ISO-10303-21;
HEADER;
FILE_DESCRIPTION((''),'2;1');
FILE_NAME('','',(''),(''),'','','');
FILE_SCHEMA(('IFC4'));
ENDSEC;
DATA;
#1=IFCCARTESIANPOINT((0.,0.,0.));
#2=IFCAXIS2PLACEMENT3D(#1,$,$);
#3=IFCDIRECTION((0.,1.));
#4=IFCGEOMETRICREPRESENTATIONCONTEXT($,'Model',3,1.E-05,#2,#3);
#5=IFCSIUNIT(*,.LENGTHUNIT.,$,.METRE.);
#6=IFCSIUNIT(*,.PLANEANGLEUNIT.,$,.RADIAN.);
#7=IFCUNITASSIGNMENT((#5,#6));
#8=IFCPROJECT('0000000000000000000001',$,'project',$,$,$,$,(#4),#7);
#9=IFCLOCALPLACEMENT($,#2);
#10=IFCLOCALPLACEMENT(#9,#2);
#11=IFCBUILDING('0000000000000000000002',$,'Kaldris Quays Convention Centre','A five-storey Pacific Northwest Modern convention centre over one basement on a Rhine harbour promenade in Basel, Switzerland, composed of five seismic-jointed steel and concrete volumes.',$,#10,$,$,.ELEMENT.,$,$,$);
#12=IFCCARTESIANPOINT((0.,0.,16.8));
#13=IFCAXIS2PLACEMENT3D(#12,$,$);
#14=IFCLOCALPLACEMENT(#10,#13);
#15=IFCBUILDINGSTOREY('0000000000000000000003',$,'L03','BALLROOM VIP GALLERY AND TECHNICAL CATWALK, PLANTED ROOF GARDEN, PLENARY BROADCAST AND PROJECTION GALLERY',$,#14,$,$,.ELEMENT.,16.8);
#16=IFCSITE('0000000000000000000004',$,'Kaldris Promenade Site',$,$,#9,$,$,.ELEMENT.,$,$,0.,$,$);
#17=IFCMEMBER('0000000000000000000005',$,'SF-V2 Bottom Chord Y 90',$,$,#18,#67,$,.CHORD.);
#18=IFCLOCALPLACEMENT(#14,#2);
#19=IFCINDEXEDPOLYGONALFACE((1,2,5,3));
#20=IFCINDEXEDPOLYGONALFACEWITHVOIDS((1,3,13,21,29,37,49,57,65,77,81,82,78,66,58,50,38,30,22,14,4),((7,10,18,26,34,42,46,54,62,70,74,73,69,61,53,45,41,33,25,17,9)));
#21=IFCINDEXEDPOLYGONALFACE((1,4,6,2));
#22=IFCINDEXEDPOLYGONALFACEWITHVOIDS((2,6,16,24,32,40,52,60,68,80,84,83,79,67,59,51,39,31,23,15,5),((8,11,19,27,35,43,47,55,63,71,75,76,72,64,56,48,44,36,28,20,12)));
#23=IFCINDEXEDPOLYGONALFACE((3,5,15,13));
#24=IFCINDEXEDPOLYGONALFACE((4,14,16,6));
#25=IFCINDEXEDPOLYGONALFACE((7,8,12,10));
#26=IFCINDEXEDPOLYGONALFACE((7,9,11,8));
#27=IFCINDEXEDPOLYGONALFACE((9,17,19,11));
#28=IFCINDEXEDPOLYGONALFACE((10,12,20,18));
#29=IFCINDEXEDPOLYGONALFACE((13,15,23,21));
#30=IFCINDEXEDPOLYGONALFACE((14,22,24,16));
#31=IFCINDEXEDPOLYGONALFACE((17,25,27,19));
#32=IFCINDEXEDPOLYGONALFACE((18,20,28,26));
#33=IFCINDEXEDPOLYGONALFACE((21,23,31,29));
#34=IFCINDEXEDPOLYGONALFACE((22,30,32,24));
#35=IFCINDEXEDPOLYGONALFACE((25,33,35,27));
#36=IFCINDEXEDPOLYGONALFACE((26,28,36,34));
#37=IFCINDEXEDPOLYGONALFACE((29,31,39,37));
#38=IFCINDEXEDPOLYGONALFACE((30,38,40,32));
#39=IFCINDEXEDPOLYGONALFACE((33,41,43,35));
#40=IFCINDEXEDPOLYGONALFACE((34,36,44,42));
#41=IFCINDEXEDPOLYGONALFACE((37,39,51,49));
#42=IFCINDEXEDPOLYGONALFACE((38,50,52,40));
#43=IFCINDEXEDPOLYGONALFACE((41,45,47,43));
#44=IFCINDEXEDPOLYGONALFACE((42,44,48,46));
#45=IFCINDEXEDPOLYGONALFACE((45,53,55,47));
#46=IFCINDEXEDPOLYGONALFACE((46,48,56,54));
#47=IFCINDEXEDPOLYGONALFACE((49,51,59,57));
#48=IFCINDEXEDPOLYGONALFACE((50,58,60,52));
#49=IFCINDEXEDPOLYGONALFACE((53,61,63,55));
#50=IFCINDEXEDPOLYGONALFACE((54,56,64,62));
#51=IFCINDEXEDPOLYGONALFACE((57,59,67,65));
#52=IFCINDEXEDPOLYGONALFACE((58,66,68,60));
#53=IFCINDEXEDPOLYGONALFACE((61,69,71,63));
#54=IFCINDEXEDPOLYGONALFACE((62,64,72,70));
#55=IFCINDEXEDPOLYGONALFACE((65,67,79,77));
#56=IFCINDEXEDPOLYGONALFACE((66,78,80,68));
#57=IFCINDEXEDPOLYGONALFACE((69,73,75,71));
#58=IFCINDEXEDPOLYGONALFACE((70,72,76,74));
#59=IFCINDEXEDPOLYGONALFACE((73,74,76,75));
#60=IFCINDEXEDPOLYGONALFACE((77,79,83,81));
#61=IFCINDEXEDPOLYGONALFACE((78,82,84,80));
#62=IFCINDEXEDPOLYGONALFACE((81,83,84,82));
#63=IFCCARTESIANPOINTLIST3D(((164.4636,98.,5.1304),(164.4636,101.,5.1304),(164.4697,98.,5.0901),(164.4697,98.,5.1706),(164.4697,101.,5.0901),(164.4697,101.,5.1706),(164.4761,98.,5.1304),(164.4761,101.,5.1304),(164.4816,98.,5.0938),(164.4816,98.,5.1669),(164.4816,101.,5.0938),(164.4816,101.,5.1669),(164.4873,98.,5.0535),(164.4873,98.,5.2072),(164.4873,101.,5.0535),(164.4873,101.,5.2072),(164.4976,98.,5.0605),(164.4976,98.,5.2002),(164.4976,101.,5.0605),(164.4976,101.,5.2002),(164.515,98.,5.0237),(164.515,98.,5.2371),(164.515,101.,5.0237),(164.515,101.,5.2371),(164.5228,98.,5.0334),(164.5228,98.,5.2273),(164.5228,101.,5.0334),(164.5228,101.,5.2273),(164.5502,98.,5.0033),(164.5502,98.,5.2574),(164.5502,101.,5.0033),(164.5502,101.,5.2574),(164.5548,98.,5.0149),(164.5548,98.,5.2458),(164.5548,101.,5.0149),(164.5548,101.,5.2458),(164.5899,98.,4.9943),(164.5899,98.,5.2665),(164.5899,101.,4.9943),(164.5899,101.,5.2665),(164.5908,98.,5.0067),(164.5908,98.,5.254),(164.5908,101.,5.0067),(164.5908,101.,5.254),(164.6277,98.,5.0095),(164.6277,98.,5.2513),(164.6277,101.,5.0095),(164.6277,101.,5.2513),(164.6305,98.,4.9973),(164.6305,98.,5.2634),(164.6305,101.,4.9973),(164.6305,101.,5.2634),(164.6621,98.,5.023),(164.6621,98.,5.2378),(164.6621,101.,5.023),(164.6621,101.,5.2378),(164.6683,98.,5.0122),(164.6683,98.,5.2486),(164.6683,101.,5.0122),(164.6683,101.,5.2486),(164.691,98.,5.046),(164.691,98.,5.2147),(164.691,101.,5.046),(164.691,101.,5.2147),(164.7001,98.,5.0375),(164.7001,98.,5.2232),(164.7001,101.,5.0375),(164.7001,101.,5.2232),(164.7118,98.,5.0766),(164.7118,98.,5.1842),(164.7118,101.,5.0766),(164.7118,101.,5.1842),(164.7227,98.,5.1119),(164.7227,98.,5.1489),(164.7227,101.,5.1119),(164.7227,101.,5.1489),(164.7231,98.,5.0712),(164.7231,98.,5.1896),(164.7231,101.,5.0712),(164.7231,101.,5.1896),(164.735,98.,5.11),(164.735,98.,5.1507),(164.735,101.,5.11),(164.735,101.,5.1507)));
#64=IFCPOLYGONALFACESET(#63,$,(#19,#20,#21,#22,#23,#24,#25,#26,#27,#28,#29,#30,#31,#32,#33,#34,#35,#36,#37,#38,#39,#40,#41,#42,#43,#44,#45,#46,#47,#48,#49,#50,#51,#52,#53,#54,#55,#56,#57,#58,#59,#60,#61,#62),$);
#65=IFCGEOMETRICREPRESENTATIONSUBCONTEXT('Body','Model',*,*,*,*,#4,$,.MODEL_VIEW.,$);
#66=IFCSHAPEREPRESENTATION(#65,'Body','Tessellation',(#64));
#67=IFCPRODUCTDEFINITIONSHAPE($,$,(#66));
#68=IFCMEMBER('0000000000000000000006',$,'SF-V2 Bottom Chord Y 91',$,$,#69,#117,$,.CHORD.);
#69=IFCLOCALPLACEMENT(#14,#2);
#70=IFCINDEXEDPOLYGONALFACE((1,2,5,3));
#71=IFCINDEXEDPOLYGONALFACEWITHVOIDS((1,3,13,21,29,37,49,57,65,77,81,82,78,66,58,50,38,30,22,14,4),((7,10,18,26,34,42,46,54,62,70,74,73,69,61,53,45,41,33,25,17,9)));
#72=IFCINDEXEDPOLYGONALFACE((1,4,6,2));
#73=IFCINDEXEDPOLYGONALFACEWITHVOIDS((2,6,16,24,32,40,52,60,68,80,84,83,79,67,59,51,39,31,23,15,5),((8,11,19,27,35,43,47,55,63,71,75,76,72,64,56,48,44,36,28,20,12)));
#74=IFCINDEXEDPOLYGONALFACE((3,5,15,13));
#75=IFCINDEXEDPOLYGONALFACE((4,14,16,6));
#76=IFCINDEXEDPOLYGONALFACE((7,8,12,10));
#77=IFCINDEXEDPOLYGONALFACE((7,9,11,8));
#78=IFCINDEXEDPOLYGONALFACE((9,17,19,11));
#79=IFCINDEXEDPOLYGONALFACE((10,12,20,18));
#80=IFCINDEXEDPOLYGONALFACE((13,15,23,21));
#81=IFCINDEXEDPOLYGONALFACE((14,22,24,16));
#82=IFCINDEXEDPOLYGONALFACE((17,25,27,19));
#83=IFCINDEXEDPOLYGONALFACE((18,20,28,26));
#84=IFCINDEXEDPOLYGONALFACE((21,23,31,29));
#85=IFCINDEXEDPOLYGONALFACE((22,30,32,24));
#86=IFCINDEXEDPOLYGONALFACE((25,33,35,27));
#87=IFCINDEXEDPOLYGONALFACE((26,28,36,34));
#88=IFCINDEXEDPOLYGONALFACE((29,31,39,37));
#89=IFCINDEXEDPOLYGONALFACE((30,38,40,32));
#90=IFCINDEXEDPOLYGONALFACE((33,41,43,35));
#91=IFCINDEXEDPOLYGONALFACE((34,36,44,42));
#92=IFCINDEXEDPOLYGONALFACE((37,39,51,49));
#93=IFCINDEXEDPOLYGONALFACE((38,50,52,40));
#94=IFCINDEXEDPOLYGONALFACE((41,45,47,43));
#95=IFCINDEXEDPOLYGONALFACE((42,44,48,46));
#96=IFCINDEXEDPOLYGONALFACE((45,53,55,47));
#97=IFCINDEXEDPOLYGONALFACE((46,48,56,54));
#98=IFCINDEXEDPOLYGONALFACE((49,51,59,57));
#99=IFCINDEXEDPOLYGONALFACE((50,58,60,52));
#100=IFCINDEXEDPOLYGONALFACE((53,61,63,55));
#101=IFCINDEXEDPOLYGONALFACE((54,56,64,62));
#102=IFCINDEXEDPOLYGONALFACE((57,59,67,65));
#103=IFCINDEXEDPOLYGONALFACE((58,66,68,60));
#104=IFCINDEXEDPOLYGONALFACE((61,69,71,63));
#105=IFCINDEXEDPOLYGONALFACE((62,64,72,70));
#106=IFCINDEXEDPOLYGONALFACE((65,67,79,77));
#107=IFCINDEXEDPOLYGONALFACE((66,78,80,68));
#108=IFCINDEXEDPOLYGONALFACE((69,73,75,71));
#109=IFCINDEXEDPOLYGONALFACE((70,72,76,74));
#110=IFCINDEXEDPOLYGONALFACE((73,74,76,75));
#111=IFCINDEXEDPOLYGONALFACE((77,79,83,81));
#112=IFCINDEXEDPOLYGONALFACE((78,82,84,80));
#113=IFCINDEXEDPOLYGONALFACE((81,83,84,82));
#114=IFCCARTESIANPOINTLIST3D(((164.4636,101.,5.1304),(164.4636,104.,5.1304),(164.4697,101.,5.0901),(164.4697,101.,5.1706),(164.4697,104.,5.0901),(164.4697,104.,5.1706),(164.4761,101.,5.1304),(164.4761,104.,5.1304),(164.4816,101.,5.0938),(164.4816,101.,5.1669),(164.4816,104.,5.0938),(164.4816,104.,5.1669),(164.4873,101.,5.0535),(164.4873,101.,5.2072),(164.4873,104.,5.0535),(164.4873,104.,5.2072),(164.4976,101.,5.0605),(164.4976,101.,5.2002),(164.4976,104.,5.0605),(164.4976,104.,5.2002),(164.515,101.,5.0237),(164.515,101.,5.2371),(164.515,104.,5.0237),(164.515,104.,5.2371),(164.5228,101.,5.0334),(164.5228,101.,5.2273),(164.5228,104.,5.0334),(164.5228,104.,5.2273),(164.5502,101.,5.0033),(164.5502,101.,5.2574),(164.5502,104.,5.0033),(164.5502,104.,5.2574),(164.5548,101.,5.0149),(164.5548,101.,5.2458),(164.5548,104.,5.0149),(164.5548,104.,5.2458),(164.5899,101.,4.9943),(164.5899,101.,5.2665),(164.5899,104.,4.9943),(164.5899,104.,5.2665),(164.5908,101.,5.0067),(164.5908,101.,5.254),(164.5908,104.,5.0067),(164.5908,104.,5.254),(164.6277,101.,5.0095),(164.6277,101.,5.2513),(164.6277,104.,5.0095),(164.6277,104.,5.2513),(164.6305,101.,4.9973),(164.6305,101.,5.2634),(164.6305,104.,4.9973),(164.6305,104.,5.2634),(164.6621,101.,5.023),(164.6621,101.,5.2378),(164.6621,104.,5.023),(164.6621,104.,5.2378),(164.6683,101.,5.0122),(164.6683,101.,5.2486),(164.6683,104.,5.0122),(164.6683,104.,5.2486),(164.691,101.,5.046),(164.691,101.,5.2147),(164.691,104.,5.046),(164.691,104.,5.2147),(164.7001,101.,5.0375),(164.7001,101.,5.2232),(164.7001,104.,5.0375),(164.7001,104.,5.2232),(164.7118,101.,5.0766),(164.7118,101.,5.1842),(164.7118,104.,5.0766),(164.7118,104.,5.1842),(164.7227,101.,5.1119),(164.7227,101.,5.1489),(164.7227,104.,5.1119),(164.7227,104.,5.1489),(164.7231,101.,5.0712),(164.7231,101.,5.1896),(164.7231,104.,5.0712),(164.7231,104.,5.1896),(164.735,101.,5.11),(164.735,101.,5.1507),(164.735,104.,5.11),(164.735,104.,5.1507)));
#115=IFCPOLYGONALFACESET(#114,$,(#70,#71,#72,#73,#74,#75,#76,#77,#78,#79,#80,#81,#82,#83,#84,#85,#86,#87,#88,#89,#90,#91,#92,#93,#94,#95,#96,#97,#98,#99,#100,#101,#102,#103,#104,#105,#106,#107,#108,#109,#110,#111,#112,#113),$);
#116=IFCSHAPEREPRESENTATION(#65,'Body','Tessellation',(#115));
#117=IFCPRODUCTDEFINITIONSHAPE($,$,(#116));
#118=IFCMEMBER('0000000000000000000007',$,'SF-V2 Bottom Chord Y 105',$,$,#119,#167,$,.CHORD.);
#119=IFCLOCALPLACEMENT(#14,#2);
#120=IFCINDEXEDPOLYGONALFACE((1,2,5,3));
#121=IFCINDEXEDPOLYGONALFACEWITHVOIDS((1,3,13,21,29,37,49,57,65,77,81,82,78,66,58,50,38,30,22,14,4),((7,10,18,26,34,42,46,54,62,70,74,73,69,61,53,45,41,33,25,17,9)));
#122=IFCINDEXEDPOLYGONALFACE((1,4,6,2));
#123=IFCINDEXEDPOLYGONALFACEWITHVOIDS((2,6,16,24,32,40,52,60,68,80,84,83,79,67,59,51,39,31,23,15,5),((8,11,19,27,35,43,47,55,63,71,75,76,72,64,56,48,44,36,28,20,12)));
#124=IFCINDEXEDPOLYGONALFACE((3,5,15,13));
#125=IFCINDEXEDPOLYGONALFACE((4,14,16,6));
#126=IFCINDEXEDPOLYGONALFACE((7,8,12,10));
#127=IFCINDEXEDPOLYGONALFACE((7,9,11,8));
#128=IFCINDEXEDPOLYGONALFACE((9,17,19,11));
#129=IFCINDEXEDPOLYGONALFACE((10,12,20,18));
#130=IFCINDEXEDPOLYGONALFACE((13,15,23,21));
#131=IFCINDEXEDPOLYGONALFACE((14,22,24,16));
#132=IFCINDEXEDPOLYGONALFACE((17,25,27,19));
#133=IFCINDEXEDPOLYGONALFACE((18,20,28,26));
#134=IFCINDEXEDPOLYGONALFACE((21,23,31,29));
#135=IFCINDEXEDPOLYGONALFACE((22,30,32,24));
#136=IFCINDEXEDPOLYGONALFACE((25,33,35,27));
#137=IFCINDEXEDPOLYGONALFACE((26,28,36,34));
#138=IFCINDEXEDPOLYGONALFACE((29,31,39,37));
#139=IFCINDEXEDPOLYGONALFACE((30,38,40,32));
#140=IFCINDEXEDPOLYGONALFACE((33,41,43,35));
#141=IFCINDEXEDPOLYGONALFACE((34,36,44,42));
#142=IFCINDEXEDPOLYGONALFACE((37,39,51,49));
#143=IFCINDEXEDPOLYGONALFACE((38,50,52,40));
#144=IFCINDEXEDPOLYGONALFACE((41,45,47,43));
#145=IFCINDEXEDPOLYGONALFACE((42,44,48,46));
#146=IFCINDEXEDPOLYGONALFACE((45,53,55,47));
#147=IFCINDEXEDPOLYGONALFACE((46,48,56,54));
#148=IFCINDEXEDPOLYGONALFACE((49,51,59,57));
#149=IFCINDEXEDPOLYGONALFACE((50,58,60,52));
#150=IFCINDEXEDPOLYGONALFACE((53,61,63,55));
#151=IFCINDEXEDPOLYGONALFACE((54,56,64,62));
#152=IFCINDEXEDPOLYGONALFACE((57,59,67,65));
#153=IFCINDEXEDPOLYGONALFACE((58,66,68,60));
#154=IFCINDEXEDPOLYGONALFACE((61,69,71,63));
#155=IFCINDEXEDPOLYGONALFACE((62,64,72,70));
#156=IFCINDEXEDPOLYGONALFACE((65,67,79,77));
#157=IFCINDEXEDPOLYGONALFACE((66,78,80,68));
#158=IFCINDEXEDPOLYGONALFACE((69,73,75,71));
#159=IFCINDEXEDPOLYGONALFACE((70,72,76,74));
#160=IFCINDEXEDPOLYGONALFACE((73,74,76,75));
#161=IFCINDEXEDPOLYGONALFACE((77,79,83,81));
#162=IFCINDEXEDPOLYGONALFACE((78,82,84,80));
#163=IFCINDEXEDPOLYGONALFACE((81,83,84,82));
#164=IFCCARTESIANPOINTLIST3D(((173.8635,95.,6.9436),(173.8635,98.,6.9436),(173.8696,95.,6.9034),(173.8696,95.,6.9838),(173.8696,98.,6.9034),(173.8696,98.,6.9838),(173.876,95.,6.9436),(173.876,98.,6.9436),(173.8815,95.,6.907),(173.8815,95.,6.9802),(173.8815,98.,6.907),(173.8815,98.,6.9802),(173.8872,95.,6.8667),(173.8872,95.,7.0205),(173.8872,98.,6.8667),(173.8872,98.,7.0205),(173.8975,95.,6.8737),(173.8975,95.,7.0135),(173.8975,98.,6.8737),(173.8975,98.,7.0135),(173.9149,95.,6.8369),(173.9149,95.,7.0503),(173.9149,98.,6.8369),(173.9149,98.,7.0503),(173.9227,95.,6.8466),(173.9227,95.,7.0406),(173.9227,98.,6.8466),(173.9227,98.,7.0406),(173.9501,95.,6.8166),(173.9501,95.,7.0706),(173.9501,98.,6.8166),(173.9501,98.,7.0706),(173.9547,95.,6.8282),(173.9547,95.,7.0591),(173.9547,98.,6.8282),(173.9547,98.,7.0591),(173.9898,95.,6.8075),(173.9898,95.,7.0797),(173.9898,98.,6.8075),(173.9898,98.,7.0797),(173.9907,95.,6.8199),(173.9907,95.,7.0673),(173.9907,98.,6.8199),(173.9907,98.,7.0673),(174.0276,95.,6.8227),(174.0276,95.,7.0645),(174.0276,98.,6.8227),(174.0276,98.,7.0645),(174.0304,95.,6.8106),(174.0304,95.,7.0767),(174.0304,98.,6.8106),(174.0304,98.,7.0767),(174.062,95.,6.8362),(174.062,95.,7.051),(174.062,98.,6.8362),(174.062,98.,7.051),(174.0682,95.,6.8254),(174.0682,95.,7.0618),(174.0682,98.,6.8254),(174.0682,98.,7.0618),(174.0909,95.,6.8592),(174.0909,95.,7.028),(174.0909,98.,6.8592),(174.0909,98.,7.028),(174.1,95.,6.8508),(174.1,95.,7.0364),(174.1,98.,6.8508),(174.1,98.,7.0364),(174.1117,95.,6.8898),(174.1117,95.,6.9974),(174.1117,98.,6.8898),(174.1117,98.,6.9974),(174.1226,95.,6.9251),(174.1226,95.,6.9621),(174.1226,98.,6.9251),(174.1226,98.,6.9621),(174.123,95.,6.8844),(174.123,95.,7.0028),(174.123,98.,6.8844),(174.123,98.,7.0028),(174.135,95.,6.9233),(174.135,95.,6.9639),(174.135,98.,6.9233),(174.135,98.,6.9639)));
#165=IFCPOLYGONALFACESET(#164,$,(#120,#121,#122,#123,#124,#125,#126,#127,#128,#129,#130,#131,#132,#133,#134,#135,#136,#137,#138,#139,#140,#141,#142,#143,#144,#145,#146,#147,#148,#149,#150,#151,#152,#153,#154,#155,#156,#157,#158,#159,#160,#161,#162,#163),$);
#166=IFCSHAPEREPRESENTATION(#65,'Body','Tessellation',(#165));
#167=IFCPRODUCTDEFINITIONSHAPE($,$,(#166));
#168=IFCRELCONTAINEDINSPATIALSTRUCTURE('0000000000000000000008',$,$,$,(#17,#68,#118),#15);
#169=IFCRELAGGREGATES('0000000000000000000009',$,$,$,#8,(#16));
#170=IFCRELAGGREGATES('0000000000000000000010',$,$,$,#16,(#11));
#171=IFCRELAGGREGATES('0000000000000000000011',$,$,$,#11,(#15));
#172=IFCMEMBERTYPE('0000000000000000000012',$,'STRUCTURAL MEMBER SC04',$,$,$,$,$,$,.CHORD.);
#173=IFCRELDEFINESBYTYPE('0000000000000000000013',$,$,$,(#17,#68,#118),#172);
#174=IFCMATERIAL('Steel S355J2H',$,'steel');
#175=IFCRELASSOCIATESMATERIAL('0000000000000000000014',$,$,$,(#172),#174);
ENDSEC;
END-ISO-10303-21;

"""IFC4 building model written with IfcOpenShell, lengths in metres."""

from ifc_helpers import new_model, si_unit, direction, frame, origin, origin_2d, place, context, subcontext, project, spatial, hollow_circle, extrude, material, material_profile, profile_set, type_object, element, save


model = new_model("IFC4")

# Units and contexts
model_context = context("Model", 3, precision=1e-05, world=origin(), true_north=direction((0.0, 1.0)))
body_context = subcontext(model_context, "Body", "Model", "MODEL_VIEW")
ifc_project = project(units=[si_unit("LENGTHUNIT", "METRE"), si_unit("PLANEANGLEUNIT", "RADIAN")], contexts=[model_context])

# Site, building, storey
site_placement = place(None, origin())
site = spatial("IfcSite", under=ifc_project, at=site_placement, Name="Kaldris Promenade Site", CompositionType="ELEMENT", RefElevation=0.0)
building_placement = place(site_placement, origin())
building = spatial("IfcBuilding", under=site, at=building_placement, Name="Kaldris Quays Convention Centre", Description="A five-storey Pacific Northwest Modern convention centre over one basement on a Rhine harbour promenade in Basel, Switzerland, composed of five seismic-jointed steel and concrete volumes.", CompositionType="ELEMENT")
storey_placement = place(building_placement, frame((0.0, 0.0, 16.8)))
storey = spatial("IfcBuildingStorey", under=building, at=storey_placement, Name="L03", Description="BALLROOM VIP GALLERY AND TECHNICAL CATWALK, PLANTED ROOF GARDEN, PLENARY BROADCAST AND PROJECTION GALLERY", CompositionType="ELEMENT", Elevation=16.8)

# Members
ifc_material_1 = material(Name="Steel S355J2H", Category="steel")
ifc_material_profile_1 = material_profile(ifc_material_1, hollow_circle(Radius=0.1365, WallThickness=0.0125, at=origin_2d()), Name="CHS 273x12.5")
ifc_profile_set_1 = profile_set([ifc_material_profile_1], Name="Steel S355J2H")
member_type_1 = type_object("IfcMemberType", Name="STRUCTURAL MEMBER SC04", PredefinedType="CHORD", material=ifc_profile_set_1)
for number, where, z_axis, x_axis, name in (
    (1, (164.6001, 98.0, 5.1304), (0.0, 1.0, 0.0), (-1.0, 0.0, 0.0), "SF-V2 Bottom Chord Y 90"),
    (2, (164.6001, 101.0, 5.1304), (0.0, 1.0, 0.0), (-1.0, 0.0, 0.0), "SF-V2 Bottom Chord Y 91"),
    (3, (174.0, 95.0, 6.9436), (0.0, 1.0, 0.0), (-1.0, 0.0, 0.0), "SF-V2 Bottom Chord Y 105"),
):
    element("IfcMember", number, at=place(storey_placement, frame(where, z_axis=z_axis, x_axis=x_axis)), inside=storey, type_object=member_type_1, Name=name, PredefinedType="CHORD", context=body_context, shape_type="SweptSolid", body=[
        extrude(hollow_circle(Radius=0.1365, WallThickness=0.0125, at=origin_2d()), origin(), (0.0, 0.0, 1.0), 3.0),
    ])

save(model, "model.ifc")
